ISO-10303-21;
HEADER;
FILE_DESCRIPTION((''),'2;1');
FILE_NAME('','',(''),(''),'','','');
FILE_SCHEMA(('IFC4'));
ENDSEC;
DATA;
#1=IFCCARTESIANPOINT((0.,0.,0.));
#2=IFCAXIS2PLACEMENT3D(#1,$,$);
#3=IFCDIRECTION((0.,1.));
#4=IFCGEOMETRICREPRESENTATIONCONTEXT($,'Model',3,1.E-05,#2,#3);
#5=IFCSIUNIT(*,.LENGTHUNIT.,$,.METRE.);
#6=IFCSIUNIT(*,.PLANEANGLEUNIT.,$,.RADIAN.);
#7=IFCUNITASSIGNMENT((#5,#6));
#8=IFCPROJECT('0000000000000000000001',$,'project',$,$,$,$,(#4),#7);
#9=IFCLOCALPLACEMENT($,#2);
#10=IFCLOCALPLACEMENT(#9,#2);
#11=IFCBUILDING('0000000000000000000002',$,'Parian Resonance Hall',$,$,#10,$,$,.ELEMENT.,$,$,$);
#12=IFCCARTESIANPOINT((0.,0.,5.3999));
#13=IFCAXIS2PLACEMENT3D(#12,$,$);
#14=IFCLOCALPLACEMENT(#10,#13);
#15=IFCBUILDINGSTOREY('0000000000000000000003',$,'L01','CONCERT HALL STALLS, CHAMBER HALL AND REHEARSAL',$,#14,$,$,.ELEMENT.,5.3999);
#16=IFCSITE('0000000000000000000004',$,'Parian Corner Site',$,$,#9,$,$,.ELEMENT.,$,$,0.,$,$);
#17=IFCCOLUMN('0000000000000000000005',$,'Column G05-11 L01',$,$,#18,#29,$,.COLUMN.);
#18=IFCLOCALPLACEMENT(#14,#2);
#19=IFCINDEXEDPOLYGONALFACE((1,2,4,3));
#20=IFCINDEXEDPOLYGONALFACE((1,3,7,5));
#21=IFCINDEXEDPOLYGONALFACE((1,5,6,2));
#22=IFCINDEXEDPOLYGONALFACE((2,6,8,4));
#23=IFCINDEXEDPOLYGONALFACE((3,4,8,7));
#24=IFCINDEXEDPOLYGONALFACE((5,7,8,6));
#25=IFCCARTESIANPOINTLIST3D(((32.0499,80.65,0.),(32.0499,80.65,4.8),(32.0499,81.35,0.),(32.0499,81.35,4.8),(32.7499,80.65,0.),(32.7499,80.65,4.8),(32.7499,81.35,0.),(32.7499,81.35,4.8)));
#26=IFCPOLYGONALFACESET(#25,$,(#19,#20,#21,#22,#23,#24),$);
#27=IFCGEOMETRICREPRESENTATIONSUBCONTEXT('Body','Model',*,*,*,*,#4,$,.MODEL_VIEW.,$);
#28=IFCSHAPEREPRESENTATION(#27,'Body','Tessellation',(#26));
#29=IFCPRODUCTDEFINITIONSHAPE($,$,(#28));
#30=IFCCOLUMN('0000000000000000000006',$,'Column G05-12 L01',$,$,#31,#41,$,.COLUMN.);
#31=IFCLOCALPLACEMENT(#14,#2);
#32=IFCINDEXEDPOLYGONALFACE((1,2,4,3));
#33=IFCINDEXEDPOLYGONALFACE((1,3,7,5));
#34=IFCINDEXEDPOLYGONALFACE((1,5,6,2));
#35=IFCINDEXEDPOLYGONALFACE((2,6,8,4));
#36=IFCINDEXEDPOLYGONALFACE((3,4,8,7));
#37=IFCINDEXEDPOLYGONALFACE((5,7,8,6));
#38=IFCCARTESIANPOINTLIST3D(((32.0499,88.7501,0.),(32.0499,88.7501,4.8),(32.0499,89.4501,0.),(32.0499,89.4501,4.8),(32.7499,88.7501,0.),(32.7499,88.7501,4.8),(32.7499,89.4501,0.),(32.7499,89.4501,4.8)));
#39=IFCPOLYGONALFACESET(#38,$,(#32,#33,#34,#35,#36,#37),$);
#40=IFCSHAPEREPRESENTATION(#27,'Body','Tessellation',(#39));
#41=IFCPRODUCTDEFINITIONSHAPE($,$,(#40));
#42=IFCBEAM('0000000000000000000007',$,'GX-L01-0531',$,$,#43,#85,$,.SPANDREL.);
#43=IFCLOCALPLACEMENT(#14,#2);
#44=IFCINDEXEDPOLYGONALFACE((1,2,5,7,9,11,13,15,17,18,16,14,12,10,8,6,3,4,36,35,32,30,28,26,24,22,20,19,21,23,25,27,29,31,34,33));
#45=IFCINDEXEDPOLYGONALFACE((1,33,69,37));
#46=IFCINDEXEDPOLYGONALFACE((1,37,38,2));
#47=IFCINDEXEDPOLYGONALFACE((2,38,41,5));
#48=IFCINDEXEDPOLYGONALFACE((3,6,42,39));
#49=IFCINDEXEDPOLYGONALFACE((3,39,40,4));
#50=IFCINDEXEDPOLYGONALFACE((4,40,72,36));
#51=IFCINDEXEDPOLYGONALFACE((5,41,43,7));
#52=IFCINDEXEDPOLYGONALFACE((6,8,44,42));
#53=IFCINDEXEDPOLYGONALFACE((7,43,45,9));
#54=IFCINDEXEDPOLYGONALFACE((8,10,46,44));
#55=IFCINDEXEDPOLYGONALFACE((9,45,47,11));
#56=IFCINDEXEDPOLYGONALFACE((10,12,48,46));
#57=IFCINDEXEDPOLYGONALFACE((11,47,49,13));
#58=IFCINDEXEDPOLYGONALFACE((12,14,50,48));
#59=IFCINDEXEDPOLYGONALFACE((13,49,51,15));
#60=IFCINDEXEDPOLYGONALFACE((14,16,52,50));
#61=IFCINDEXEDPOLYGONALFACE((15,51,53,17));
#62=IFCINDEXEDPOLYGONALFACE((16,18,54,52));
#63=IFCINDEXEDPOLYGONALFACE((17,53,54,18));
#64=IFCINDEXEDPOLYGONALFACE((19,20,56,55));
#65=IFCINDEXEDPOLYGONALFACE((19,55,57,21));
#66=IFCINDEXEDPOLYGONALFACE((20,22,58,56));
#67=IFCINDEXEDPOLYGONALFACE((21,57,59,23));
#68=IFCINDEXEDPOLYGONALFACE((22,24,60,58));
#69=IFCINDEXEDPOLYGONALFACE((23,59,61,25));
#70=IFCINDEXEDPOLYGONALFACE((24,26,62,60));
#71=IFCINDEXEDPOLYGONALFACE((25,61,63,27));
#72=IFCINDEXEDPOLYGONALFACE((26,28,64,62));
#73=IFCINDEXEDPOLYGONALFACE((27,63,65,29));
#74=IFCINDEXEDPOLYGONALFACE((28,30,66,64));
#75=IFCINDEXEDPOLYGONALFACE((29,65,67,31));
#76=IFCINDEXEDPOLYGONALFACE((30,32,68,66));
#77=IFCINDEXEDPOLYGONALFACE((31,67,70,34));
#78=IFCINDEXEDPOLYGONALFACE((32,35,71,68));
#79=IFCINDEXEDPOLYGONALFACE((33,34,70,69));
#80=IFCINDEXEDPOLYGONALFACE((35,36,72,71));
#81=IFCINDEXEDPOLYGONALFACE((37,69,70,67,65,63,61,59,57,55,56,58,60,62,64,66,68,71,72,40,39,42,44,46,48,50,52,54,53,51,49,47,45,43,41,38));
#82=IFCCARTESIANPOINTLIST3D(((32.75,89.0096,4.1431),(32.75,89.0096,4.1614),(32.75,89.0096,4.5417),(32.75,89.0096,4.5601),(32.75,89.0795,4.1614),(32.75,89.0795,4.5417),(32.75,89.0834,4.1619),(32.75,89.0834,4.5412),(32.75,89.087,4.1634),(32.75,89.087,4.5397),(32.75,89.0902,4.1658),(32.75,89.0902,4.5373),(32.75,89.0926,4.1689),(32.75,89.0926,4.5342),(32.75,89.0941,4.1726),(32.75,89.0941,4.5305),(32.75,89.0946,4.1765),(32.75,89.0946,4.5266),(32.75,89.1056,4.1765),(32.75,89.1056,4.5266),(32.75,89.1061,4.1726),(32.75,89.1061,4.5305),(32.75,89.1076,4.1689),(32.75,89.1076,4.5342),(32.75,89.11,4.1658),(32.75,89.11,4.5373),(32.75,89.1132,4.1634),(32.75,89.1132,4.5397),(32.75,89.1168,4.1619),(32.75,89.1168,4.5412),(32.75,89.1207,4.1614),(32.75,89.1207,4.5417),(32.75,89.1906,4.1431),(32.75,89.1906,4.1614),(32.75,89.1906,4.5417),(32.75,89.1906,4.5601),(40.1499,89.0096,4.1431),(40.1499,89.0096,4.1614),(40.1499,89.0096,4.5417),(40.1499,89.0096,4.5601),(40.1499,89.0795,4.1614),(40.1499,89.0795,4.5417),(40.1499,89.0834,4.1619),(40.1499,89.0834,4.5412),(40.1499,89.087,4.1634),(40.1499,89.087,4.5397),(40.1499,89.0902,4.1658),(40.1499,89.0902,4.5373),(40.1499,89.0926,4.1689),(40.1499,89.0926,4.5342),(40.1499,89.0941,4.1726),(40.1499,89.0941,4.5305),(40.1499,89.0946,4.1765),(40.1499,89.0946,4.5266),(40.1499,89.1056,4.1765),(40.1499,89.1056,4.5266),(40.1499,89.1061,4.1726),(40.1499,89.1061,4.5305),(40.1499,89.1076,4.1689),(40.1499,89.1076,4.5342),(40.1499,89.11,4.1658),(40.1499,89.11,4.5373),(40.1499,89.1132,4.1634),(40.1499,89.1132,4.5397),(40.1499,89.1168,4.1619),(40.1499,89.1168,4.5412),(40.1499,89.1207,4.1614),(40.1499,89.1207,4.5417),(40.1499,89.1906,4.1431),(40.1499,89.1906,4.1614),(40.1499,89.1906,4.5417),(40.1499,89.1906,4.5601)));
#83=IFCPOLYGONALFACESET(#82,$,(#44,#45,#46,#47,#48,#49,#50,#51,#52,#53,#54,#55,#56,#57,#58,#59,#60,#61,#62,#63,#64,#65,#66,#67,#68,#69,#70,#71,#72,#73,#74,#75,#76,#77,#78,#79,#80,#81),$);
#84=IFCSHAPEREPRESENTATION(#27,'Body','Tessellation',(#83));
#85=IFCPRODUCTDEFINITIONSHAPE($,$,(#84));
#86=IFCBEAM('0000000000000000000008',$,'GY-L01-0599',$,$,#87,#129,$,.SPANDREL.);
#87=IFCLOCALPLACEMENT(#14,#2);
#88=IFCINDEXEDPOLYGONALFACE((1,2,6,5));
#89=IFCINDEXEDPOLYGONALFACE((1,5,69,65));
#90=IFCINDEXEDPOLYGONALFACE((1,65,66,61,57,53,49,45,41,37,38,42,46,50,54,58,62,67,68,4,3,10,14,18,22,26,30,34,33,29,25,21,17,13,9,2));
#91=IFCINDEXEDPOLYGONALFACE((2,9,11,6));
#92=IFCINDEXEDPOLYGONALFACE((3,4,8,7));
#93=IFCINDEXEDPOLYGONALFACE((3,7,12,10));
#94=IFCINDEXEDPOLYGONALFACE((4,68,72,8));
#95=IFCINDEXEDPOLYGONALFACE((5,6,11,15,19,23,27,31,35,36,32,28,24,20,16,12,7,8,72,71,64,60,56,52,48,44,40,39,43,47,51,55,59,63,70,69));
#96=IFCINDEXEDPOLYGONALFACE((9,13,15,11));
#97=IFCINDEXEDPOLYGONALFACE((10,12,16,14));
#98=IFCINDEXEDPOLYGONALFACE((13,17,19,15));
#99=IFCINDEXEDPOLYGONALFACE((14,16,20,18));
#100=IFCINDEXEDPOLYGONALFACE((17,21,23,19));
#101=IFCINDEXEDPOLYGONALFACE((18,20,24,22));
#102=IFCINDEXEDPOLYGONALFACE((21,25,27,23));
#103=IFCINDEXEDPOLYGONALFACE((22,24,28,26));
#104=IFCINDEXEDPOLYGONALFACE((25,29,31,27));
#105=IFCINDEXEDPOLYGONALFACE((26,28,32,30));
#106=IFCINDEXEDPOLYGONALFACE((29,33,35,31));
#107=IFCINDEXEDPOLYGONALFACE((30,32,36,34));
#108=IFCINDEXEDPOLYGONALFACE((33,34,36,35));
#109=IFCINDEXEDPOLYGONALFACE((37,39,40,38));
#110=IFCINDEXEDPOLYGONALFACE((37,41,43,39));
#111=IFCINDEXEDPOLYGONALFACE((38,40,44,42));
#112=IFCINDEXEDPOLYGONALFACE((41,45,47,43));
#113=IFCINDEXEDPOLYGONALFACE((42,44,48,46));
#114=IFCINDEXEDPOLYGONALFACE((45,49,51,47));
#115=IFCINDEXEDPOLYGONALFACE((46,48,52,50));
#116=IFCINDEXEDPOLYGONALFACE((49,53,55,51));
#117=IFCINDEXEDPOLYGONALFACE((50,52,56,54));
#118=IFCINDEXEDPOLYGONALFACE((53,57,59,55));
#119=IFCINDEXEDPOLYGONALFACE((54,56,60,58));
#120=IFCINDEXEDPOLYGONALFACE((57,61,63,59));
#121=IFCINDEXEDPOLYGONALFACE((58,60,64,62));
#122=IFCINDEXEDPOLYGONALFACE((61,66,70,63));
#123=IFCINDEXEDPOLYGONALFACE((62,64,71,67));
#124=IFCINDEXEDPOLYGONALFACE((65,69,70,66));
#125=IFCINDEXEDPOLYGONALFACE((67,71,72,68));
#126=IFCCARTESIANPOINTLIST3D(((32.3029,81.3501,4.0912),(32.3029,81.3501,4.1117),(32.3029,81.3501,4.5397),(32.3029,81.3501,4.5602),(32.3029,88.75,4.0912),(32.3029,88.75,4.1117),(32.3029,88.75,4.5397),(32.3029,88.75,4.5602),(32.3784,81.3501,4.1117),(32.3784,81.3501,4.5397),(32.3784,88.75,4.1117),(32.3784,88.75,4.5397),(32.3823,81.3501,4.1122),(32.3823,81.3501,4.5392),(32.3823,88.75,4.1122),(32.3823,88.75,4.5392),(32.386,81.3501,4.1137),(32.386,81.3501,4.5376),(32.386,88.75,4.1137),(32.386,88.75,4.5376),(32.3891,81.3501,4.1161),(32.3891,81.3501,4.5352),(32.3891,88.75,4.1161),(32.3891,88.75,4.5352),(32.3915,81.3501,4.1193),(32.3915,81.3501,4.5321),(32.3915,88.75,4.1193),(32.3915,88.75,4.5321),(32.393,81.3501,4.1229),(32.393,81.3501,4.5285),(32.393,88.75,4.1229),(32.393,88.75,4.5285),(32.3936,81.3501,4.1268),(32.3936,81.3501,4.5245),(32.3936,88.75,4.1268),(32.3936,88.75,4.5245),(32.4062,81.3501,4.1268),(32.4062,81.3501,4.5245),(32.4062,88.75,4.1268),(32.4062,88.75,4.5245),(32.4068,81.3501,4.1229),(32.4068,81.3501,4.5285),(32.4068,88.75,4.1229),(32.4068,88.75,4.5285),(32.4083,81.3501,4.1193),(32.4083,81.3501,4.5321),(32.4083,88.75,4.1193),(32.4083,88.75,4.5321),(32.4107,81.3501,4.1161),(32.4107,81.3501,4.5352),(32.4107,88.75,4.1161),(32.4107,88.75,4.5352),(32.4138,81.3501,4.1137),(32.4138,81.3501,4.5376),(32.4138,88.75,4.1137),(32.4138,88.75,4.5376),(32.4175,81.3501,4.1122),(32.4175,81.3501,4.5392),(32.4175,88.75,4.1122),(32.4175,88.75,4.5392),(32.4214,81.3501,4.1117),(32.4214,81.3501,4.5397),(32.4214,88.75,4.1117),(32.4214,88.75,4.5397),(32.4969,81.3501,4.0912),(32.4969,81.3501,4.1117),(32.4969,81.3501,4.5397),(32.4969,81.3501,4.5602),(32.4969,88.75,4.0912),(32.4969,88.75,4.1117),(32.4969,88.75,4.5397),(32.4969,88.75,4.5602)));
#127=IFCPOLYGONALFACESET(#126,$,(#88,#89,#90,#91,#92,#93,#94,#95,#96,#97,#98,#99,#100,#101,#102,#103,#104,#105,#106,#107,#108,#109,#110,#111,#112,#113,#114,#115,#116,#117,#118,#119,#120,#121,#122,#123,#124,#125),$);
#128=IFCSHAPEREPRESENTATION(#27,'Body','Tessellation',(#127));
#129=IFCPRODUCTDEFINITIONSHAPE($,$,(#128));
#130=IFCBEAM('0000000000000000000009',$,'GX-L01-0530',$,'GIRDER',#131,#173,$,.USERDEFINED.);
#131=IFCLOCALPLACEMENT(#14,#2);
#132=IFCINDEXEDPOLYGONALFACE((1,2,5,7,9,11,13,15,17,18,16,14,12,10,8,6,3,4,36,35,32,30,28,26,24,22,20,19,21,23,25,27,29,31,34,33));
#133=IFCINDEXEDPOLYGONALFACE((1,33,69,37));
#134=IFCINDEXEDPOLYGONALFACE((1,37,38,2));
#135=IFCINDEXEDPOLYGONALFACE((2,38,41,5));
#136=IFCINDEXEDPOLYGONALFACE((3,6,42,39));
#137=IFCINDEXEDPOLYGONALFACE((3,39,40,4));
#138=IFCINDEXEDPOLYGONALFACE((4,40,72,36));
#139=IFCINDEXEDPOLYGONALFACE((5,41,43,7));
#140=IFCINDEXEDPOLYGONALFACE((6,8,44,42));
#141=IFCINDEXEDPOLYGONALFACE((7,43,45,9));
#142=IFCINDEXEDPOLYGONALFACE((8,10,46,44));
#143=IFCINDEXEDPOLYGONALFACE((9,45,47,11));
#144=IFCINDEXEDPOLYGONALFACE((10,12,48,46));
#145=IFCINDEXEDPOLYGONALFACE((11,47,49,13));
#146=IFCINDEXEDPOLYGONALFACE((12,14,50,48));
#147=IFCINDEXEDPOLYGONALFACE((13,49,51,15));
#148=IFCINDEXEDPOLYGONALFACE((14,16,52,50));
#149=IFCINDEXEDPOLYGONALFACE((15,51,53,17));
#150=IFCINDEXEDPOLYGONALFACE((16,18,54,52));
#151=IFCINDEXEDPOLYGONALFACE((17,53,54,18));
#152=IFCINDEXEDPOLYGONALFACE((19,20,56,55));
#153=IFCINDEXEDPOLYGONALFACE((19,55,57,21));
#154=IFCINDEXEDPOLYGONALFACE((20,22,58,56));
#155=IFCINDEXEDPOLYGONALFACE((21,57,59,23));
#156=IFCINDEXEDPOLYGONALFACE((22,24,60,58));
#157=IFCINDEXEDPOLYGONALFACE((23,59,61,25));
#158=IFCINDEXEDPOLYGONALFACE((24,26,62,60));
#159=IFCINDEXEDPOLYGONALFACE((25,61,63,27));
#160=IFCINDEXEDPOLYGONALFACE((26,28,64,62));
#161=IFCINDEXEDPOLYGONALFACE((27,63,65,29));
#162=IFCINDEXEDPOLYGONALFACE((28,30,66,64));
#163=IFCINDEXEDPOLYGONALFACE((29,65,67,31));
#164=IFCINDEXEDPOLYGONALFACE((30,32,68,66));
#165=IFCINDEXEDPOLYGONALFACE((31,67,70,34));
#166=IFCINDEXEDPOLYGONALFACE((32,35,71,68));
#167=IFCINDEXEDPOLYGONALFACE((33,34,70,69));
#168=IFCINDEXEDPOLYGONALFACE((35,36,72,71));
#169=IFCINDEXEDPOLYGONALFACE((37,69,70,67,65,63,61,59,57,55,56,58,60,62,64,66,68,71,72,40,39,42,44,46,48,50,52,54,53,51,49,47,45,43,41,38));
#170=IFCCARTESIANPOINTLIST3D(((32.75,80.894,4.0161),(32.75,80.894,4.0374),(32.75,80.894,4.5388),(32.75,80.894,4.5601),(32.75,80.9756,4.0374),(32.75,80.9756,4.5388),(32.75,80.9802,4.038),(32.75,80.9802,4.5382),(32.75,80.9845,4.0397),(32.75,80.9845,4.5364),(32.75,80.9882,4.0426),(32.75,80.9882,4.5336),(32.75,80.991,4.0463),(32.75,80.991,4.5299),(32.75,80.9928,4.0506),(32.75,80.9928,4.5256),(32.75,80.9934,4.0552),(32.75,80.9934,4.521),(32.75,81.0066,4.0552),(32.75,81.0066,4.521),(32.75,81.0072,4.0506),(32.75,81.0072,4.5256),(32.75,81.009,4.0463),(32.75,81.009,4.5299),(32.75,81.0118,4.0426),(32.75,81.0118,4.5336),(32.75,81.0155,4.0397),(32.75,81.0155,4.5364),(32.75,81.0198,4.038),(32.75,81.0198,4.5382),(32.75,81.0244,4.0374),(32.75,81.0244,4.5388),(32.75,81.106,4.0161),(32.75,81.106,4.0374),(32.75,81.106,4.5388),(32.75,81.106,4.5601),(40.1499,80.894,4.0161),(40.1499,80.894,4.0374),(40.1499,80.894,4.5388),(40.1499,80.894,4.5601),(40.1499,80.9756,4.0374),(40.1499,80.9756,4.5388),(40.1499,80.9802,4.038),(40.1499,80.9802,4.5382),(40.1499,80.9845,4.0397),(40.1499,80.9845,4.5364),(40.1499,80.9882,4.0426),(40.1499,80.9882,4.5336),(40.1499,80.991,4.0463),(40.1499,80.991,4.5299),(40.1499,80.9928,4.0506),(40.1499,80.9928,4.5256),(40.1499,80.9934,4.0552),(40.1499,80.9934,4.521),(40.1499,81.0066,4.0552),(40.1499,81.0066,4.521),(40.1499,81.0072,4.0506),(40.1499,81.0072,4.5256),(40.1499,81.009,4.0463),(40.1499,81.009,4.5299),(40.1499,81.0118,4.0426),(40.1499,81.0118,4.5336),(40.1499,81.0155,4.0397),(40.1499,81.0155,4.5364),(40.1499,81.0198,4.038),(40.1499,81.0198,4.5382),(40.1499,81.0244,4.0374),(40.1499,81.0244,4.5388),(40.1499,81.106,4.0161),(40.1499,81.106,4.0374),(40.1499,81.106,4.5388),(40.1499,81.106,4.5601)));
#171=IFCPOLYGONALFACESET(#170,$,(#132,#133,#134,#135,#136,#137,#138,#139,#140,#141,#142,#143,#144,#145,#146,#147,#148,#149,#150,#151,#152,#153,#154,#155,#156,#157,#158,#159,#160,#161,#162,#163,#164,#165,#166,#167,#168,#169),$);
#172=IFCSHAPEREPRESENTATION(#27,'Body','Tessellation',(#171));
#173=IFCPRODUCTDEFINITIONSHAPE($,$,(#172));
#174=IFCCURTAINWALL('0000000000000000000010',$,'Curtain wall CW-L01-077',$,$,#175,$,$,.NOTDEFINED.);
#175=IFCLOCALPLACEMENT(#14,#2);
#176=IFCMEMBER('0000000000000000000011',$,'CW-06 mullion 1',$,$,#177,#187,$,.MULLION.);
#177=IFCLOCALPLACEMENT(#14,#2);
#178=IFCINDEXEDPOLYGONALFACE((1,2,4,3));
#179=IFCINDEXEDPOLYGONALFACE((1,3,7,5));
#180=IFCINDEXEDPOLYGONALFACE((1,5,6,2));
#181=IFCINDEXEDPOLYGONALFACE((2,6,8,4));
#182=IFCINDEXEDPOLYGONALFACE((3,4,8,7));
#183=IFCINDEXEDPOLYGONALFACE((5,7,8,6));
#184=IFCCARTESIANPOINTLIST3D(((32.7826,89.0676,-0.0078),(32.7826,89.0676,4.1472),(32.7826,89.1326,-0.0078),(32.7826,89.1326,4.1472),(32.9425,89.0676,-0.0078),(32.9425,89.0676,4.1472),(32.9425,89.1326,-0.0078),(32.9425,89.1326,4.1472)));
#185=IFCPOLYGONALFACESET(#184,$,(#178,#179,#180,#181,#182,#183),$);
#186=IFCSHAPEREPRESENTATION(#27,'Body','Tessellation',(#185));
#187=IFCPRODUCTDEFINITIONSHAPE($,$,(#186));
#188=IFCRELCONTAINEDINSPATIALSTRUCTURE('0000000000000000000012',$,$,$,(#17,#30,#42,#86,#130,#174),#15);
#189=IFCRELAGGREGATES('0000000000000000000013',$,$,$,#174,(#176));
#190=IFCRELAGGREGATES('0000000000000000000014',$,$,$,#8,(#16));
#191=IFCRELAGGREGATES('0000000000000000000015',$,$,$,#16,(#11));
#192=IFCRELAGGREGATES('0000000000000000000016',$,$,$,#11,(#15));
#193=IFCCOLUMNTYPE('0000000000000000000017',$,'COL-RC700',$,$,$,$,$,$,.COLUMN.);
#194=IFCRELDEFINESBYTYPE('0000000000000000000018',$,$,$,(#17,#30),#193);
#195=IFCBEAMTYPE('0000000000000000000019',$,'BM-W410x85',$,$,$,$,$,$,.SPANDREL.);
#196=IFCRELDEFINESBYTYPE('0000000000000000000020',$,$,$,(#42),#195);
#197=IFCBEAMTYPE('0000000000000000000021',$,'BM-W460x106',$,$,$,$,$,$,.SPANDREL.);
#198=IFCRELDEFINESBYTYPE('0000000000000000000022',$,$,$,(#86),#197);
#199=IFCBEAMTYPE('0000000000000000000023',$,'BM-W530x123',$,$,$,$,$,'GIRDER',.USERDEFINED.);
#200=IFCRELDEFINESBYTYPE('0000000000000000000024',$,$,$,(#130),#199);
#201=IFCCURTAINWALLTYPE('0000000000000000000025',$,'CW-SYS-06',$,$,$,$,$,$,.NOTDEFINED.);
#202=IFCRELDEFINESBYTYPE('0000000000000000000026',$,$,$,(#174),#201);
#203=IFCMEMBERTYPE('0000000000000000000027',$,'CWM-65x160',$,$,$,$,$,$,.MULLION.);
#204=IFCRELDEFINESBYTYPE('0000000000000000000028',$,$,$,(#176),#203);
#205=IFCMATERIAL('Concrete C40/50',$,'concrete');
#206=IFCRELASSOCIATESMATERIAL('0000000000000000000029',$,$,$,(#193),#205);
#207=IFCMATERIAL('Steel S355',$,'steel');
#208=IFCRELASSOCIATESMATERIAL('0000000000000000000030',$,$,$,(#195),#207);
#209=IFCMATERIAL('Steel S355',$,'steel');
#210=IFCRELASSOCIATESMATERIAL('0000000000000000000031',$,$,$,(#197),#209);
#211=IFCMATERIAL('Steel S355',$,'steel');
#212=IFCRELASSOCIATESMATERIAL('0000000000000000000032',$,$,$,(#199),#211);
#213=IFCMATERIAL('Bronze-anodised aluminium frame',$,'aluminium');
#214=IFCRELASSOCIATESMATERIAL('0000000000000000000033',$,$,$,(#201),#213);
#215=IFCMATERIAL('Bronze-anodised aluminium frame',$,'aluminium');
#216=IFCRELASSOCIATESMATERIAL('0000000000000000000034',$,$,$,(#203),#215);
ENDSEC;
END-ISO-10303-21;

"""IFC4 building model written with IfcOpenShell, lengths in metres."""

from ifc_helpers import new_model, si_unit, direction, frame, origin, origin_2d, place, context, subcontext, project, spatial, rectangle, i_section, extrude, material, material_profile, profile_set, type_object, element, aggregate, save


model = new_model("IFC4")

# Units and contexts
model_context = context("Model", 3, precision=1e-05, world=origin(), true_north=direction((0.0, 1.0)))
body_context = subcontext(model_context, "Body", "Model", "MODEL_VIEW")
ifc_project = project(units=[si_unit("LENGTHUNIT", "METRE"), si_unit("PLANEANGLEUNIT", "RADIAN")], contexts=[model_context])

# Site, building, storey
site_placement = place(None, origin())
site = spatial("IfcSite", under=ifc_project, at=site_placement, Name="Parian Corner Site", CompositionType="ELEMENT", RefElevation=0.0)
building_placement = place(site_placement, origin())
building = spatial("IfcBuilding", under=site, at=building_placement, Name="Parian Resonance Hall", CompositionType="ELEMENT")
storey_placement = place(building_placement, frame((0.0, 0.0, 5.3999)))
storey = spatial("IfcBuildingStorey", under=building, at=storey_placement, Name="L01", Description="CONCERT HALL STALLS, CHAMBER HALL AND REHEARSAL", CompositionType="ELEMENT", Elevation=5.3999)

# Columns
ifc_material_1 = material(Name="Concrete C40/50", Category="concrete")
ifc_material_profile_1 = material_profile(ifc_material_1, rectangle(XDim=0.7, YDim=0.7, at=origin_2d()), Name="RC-COL-700x700")
ifc_profile_set_1 = profile_set([ifc_material_profile_1], Name="Concrete C40/50")
column_type = type_object("IfcColumnType", Name="COL-RC700", PredefinedType="COLUMN", material=ifc_profile_set_1)
for number, where, z_axis, x_axis, name in (
    (1, (32.3999, 81.0, 0.0), (0.0, 0.0, 1.0), (1.0, 0.0, 0.0), "Column G05-11 L01"),
    (2, (32.3999, 89.1001, 0.0), (0.0, 0.0, 1.0), (1.0, 0.0, 0.0), "Column G05-12 L01"),
):
    element("IfcColumn", number, at=place(storey_placement, frame(where, z_axis=z_axis, x_axis=x_axis)), inside=storey, type_object=column_type, Name=name, PredefinedType="COLUMN", context=body_context, shape_type="SweptSolid", body=[
        extrude(rectangle(XDim=0.7, YDim=0.7, at=origin_2d()), origin(), (0.0, 0.0, 1.0), 4.8),
    ])

# Beams
ifc_material_2 = material(Name="Steel S355", Category="steel")
ifc_material_profile_2 = material_profile(ifc_material_2, i_section(OverallWidth=0.1809, OverallDepth=0.417, WebThickness=0.011, FlangeThickness=0.0183, FilletRadius=0.0151, at=origin_2d()), Name="W410x85")
ifc_profile_set_2 = profile_set([ifc_material_profile_2], Name="Steel S355")
beam_type_1 = type_object("IfcBeamType", Name="BM-W410x85", PredefinedType="SPANDREL", material=ifc_profile_set_2)
beam_1_placement = place(storey_placement, frame((32.75, 89.1001, 4.3516), z_axis=(1.0, 0.0, 0.0), x_axis=(0.0, 1.0, 0.0)))
element("IfcBeam", 3, at=beam_1_placement, inside=storey, type_object=beam_type_1, Name="GX-L01-0531", PredefinedType="SPANDREL", context=body_context, shape_type="SweptSolid", body=[
    extrude(i_section(OverallWidth=0.1809, OverallDepth=0.417, WebThickness=0.011, FlangeThickness=0.0183, FilletRadius=0.0151, at=origin_2d()), origin(), (0.0, 0.0, 1.0), 7.3999),
])
ifc_material_3 = material(Name="Steel S355", Category="steel")
ifc_material_profile_3 = material_profile(ifc_material_3, i_section(OverallWidth=0.1941, OverallDepth=0.469, WebThickness=0.0127, FlangeThickness=0.0205, FilletRadius=0.0151, at=origin_2d()), Name="W460x106")
ifc_profile_set_3 = profile_set([ifc_material_profile_3], Name="Steel S355")
beam_type_2 = type_object("IfcBeamType", Name="BM-W460x106", PredefinedType="SPANDREL", material=ifc_profile_set_3)
beam_2_placement = place(storey_placement, frame((32.3999, 81.3501, 4.3257), z_axis=(0.0, 1.0, 0.0), x_axis=(-1.0, 0.0, 0.0)))
element("IfcBeam", 4, at=beam_2_placement, inside=storey, type_object=beam_type_2, Name="GY-L01-0599", PredefinedType="SPANDREL", context=body_context, shape_type="SweptSolid", body=[
    extrude(i_section(OverallWidth=0.1941, OverallDepth=0.469, WebThickness=0.0127, FlangeThickness=0.0205, FilletRadius=0.0151, at=origin_2d()), origin(), (0.0, 0.0, 1.0), 7.3999),
])
ifc_material_4 = material(Name="Steel S355", Category="steel")
ifc_material_profile_4 = material_profile(ifc_material_4, i_section(OverallWidth=0.2119, OverallDepth=0.5439, WebThickness=0.0132, FlangeThickness=0.0212, FilletRadius=0.0178, at=origin_2d()), Name="W530x123")
ifc_profile_set_4 = profile_set([ifc_material_profile_4], Name="Steel S355")
beam_type_3 = type_object("IfcBeamType", Name="BM-W530x123", ElementType="GIRDER", PredefinedType="USERDEFINED", material=ifc_profile_set_4)
beam_3_placement = place(storey_placement, frame((32.75, 81.0, 4.2881), z_axis=(1.0, 0.0, 0.0), x_axis=(0.0, 1.0, 0.0)))
element("IfcBeam", 5, at=beam_3_placement, inside=storey, type_object=beam_type_3, Name="GX-L01-0530", ObjectType="GIRDER", PredefinedType="USERDEFINED", context=body_context, shape_type="SweptSolid", body=[
    extrude(i_section(OverallWidth=0.2119, OverallDepth=0.5439, WebThickness=0.0132, FlangeThickness=0.0212, FilletRadius=0.0178, at=origin_2d()), origin(), (0.0, 0.0, 1.0), 7.3999),
])

# Curtain wall, member
ifc_material_5 = material(Name="Bronze-anodised aluminium frame", Category="aluminium")
curtain_wall_type = type_object("IfcCurtainWallType", Name="CW-SYS-06", PredefinedType="NOTDEFINED", material=ifc_material_5)
curtain_wall_placement = place(storey_placement, origin())
curtain_wall = element("IfcCurtainWall", 6, at=curtain_wall_placement, inside=storey, type_object=curtain_wall_type, Name="Curtain wall CW-L01-077", PredefinedType="NOTDEFINED")
ifc_material_6 = material(Name="Bronze-anodised aluminium frame", Category="aluminium")
ifc_material_profile_5 = material_profile(ifc_material_6, rectangle(XDim=0.0649, YDim=0.1599, at=origin_2d()), Name="CWM-65x160")
ifc_profile_set_5 = profile_set([ifc_material_profile_5], Name="Bronze-anodised aluminium frame")
member_type = type_object("IfcMemberType", Name="CWM-65x160", PredefinedType="MULLION", material=ifc_profile_set_5)
member_placement = place(storey_placement, frame((32.8625, 89.1001, -0.0078), z_axis=(0.0, 0.0, 1.0), x_axis=(0.0, 1.0, 0.0)))
member = element("IfcMember", 7, at=member_placement, type_object=member_type, Name="CW-06 mullion 1", PredefinedType="MULLION", context=body_context, shape_type="SweptSolid", body=[
    extrude(rectangle(XDim=0.0649, YDim=0.1599, at=origin_2d()), origin(), (0.0, 0.0, 1.0), 4.155),
])
aggregate(curtain_wall, [member])

save(model, "model.ifc")
